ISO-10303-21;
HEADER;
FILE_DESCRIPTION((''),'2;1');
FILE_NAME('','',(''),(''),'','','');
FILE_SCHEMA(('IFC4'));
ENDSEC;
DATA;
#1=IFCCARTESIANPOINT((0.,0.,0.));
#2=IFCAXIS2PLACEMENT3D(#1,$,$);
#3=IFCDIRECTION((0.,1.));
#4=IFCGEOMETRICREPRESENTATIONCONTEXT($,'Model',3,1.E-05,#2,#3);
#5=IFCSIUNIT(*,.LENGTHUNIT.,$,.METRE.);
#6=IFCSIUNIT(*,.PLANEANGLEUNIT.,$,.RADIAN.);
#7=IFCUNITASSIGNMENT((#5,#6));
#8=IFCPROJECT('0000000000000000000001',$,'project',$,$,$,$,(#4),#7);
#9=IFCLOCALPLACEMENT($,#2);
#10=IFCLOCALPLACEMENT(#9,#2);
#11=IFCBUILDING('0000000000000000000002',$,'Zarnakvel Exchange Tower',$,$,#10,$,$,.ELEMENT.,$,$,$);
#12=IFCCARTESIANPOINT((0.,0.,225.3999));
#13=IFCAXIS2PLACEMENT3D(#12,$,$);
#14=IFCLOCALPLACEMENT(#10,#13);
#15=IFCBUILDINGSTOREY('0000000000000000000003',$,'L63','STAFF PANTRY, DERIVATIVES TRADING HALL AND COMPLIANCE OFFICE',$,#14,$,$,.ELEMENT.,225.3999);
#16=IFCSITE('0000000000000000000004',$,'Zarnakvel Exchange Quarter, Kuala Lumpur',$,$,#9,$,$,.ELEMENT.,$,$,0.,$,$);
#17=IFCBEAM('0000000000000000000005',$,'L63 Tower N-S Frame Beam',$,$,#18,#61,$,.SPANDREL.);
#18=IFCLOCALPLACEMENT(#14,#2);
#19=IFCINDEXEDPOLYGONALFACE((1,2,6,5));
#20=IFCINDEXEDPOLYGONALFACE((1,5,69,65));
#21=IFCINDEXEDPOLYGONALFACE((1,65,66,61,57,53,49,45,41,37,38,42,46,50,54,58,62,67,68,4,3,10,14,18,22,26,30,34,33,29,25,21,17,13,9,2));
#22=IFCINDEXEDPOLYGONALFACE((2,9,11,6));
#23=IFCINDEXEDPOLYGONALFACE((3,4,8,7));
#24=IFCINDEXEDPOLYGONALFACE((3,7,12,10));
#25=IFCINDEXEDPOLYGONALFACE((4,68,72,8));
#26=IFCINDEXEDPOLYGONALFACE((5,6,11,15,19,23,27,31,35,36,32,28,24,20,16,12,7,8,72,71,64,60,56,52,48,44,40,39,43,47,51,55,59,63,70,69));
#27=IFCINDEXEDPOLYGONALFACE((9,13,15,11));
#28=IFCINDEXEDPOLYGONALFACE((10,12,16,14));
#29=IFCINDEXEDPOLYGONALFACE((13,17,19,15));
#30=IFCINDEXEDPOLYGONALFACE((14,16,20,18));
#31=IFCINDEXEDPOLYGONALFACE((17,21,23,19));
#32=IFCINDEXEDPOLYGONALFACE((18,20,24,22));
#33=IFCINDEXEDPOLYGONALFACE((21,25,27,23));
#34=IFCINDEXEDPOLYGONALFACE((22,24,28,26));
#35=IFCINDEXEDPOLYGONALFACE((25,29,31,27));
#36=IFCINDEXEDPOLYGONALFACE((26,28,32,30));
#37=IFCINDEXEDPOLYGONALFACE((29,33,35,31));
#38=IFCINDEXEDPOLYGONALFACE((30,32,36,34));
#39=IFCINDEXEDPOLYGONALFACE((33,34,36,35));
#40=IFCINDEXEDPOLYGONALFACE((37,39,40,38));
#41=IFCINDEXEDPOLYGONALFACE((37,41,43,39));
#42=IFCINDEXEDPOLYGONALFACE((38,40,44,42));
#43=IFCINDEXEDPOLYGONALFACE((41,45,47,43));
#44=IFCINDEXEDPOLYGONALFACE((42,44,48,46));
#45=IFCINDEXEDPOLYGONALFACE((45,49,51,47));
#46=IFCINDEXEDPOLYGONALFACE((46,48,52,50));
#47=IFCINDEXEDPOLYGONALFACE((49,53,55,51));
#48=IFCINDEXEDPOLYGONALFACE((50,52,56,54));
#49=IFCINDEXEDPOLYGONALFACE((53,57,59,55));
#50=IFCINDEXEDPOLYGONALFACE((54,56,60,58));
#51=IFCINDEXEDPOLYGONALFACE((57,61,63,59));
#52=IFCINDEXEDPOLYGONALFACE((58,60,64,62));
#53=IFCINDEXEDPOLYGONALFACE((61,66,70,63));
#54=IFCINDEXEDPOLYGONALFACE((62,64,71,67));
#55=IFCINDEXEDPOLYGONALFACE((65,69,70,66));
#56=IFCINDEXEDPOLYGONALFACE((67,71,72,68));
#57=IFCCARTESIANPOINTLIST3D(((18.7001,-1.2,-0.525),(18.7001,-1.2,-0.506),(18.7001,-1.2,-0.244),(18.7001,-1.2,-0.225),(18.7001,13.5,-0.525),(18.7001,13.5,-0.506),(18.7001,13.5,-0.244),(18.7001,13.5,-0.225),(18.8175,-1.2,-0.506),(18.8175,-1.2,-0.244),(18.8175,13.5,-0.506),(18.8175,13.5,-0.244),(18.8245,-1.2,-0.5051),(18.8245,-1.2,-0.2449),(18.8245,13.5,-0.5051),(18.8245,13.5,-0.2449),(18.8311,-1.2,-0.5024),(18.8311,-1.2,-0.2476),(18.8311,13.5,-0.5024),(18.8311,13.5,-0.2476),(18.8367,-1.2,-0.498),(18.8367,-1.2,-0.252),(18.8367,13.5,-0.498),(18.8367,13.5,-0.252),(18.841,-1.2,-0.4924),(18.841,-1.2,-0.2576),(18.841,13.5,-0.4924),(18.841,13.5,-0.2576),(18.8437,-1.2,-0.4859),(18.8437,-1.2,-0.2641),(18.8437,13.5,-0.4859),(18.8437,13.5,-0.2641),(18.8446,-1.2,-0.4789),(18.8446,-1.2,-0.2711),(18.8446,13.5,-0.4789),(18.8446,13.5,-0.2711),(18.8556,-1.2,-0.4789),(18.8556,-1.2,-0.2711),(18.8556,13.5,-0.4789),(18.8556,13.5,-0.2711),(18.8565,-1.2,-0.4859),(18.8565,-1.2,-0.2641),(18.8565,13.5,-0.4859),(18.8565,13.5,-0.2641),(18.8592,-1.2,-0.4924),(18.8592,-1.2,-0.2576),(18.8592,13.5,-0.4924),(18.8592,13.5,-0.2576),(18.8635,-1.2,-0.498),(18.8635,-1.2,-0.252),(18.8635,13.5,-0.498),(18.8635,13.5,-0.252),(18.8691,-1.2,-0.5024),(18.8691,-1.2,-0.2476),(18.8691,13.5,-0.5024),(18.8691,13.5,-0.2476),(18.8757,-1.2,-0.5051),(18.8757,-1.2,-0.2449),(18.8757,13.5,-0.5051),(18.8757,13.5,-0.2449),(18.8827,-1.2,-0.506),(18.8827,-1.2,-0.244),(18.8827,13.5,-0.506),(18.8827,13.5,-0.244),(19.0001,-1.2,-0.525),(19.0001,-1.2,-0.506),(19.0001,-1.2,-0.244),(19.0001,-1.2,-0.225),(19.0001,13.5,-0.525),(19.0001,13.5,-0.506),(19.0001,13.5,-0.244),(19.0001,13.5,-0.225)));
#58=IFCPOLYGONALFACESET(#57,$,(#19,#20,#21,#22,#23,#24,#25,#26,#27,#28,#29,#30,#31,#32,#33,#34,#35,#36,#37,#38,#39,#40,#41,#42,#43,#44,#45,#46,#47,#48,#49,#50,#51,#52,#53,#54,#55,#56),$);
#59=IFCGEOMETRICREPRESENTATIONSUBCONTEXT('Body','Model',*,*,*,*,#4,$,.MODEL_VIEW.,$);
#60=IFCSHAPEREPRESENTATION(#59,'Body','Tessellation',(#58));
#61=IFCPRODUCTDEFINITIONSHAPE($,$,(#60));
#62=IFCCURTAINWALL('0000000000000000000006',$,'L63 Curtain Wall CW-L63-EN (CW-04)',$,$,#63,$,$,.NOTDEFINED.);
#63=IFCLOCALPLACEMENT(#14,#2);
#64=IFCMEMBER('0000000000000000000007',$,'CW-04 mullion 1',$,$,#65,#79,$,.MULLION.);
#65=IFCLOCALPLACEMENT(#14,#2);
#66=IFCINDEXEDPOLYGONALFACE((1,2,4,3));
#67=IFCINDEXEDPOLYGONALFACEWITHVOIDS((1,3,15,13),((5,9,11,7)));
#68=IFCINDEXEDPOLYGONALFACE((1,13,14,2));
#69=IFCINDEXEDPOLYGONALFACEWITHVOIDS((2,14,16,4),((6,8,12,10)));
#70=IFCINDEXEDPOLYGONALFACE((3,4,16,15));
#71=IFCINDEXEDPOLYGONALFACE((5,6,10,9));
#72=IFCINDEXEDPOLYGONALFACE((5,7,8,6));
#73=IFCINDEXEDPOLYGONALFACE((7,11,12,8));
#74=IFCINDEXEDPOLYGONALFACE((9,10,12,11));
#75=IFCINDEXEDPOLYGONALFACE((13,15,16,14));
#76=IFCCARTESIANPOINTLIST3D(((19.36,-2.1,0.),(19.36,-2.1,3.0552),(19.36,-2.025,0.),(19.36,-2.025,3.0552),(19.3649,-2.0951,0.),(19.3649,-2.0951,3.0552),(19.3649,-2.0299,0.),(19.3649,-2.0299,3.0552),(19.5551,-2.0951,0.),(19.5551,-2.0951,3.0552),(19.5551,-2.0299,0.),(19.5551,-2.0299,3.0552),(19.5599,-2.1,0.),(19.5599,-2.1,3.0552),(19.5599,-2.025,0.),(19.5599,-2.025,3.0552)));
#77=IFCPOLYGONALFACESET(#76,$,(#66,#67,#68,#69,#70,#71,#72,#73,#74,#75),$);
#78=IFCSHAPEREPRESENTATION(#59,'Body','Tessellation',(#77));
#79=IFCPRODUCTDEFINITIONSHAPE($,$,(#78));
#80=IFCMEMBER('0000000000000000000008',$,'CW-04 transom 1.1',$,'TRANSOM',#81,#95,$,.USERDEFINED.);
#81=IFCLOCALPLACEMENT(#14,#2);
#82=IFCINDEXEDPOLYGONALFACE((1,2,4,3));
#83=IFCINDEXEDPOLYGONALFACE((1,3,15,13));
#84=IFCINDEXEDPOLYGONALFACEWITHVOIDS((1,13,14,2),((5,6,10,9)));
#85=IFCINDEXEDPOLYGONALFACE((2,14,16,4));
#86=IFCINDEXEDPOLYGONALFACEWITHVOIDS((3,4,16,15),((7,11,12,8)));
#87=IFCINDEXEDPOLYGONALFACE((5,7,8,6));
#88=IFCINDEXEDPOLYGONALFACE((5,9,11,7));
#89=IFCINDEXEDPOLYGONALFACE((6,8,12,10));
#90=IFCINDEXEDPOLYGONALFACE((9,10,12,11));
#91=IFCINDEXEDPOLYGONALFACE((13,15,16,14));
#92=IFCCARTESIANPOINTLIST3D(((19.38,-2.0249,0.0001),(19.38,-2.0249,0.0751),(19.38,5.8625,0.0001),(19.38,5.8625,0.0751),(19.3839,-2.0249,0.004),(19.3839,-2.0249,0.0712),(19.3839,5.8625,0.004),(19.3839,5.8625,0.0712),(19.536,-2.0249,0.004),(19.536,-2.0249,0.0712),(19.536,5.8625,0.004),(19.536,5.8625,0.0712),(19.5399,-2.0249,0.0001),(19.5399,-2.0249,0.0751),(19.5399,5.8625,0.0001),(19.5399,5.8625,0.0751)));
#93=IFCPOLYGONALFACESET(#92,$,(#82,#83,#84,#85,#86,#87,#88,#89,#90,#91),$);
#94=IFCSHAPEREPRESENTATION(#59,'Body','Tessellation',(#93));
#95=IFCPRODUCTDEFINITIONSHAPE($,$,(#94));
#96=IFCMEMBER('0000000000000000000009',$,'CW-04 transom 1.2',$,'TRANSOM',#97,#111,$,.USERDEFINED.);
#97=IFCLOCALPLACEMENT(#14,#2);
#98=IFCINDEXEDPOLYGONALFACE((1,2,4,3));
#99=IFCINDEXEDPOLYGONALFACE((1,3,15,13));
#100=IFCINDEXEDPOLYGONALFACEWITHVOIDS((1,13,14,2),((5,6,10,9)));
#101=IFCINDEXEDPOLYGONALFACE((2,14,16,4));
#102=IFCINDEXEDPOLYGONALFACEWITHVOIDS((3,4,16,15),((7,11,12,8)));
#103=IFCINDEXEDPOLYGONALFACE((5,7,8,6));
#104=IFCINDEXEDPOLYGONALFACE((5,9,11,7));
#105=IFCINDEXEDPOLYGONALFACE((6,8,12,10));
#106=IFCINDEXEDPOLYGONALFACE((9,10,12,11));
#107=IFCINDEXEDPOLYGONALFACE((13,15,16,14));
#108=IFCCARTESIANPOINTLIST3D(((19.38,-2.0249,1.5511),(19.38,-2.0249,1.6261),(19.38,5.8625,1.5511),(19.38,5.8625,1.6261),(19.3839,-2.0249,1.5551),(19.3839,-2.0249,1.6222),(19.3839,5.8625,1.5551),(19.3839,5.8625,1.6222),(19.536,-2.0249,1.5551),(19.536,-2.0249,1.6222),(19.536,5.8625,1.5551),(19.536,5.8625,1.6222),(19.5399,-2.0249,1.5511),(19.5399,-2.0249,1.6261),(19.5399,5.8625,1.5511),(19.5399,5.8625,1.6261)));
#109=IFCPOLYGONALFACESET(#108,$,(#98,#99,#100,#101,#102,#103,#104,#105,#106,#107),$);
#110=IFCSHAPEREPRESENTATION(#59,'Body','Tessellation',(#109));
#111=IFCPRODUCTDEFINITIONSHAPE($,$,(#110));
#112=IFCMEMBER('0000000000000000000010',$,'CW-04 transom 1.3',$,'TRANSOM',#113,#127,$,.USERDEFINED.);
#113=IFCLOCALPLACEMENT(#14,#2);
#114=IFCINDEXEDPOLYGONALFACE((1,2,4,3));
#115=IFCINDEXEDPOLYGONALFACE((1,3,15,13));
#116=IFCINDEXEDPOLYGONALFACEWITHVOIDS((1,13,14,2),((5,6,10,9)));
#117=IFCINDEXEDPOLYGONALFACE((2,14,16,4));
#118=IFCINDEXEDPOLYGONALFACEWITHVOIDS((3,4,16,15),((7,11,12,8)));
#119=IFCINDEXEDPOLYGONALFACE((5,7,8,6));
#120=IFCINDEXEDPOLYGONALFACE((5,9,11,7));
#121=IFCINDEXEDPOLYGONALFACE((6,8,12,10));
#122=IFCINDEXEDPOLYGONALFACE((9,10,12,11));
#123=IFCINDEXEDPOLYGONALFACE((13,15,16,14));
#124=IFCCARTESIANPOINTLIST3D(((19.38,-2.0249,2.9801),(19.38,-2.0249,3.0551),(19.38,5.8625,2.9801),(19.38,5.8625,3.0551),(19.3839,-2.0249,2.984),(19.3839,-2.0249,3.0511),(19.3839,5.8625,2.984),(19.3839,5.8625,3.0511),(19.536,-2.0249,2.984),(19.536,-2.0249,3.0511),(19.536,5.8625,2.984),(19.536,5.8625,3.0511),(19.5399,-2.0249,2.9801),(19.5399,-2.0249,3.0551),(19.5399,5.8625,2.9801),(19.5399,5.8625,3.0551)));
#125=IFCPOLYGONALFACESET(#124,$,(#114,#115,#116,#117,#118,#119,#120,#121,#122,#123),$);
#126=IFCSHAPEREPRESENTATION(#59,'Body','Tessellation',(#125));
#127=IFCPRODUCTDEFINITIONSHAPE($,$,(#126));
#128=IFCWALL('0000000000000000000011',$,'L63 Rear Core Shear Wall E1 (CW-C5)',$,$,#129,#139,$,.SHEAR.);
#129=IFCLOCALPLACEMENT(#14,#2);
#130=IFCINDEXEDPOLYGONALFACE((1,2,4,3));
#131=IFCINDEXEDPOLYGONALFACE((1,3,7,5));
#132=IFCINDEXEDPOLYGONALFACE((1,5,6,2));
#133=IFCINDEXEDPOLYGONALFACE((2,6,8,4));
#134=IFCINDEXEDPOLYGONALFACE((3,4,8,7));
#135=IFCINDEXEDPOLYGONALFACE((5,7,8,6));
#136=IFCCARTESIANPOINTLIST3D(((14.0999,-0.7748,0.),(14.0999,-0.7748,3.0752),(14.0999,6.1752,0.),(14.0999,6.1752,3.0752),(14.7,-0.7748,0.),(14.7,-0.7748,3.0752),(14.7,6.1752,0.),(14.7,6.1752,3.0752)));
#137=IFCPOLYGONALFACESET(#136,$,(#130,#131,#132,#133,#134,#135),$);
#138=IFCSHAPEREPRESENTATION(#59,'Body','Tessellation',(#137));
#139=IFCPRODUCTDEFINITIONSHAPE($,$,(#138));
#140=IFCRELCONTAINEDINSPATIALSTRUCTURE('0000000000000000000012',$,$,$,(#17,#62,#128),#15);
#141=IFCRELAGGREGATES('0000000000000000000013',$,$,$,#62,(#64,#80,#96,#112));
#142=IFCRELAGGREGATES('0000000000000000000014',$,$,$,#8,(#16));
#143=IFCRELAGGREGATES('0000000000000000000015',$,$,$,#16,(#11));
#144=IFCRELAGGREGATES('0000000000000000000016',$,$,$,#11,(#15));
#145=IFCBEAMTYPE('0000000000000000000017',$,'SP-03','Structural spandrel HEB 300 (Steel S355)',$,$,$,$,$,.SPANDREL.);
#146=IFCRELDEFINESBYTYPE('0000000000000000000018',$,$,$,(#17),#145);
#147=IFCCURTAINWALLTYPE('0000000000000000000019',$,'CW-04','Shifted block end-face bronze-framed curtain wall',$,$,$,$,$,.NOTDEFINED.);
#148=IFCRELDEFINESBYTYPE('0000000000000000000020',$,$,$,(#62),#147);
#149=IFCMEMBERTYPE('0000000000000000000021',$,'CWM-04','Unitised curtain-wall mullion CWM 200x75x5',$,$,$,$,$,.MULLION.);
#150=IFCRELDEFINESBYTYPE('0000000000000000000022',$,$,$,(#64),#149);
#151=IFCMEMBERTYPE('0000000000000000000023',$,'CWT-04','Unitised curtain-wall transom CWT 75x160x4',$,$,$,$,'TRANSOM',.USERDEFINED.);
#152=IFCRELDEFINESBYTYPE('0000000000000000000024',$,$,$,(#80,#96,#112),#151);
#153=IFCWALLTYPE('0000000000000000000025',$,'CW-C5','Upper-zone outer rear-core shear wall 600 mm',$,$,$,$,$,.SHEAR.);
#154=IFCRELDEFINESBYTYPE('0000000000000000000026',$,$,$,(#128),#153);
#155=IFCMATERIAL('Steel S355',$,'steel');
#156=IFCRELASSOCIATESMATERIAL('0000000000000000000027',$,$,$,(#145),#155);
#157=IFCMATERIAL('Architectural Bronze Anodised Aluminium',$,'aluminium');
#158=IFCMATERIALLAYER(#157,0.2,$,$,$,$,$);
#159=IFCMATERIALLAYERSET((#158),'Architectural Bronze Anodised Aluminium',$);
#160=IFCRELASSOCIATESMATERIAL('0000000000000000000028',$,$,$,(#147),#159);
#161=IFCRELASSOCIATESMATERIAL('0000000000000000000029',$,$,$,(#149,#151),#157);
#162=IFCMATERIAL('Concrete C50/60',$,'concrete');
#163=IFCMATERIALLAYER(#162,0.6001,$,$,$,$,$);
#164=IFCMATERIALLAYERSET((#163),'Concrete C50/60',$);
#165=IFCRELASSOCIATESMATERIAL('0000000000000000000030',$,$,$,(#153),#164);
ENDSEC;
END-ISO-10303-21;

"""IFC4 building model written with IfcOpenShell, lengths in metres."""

from ifc_helpers import new_model, si_unit, direction, frame, frame_2d, origin, origin_2d, place, context, subcontext, project, spatial, rectangle, hollow_rectangle, i_section, extrude, source, transform, mapped, material, layer, layer_set, material_profile, profile_set, type_object, element, aggregate, save


model = new_model("IFC4")

# Units and contexts
model_context = context("Model", 3, precision=1e-05, world=origin(), true_north=direction((0.0, 1.0)))
body_context = subcontext(model_context, "Body", "Model", "MODEL_VIEW")
ifc_project = project(units=[si_unit("LENGTHUNIT", "METRE"), si_unit("PLANEANGLEUNIT", "RADIAN")], contexts=[model_context])

# Site, building, storey
site_placement = place(None, origin())
site = spatial("IfcSite", under=ifc_project, at=site_placement, Name="Zarnakvel Exchange Quarter, Kuala Lumpur", CompositionType="ELEMENT", RefElevation=0.0)
building_placement = place(site_placement, origin())
building = spatial("IfcBuilding", under=site, at=building_placement, Name="Zarnakvel Exchange Tower", CompositionType="ELEMENT")
storey_placement = place(building_placement, frame((0.0, 0.0, 225.3999)))
storey = spatial("IfcBuildingStorey", under=building, at=storey_placement, Name="L63", Description="STAFF PANTRY, DERIVATIVES TRADING HALL AND COMPLIANCE OFFICE", CompositionType="ELEMENT", Elevation=225.3999)

# Shared definitions
ifc_material_1 = material(Name="Concrete C50/60", Category="concrete")
ifc_material_2 = material(Name="Steel S355", Category="steel")

# Beam
ifc_material_profile_1 = material_profile(ifc_material_2, i_section(OverallWidth=0.3, OverallDepth=0.3, WebThickness=0.011, FlangeThickness=0.019, FilletRadius=0.0271, at=origin_2d()))
ifc_profile_set_1 = profile_set([ifc_material_profile_1], Name="Steel S355")
beam_type_1 = type_object("IfcBeamType", Name="SP-03", Description="Structural spandrel HEB 300 (Steel S355)", PredefinedType="SPANDREL", material=ifc_profile_set_1)
beam_1_placement = place(storey_placement, frame((18.8501, -1.2, -0.375), z_axis=(0.0, 1.0, 0.0), x_axis=(-1.0, 0.0, 0.0)))
element("IfcBeam", 1, at=beam_1_placement, inside=storey, type_object=beam_type_1, Name="L63 Tower N-S Frame Beam", PredefinedType="SPANDREL", context=body_context, shape_type="SweptSolid", body=[
    extrude(i_section(OverallWidth=0.3, OverallDepth=0.3, WebThickness=0.011, FlangeThickness=0.019, FilletRadius=0.0271, at=origin_2d()), origin(), (0.0, 0.0, 1.0), 14.7),
])

# Curtain wall, members
ifc_material_3 = material(Name="Architectural Bronze Anodised Aluminium", Category="aluminium")
ifc_layer_1 = layer(ifc_material_3, 0.2)
ifc_layer_set_1 = layer_set([ifc_layer_1], Name="Architectural Bronze Anodised Aluminium")
curtain_wall_type = type_object("IfcCurtainWallType", Name="CW-04", Description="Shifted block end-face bronze-framed curtain wall", PredefinedType="NOTDEFINED", material=ifc_layer_set_1)
curtain_wall_placement = place(storey_placement, origin())
curtain_wall = element("IfcCurtainWall", 2, at=curtain_wall_placement, inside=storey, type_object=curtain_wall_type, Name="L63 Curtain Wall CW-L63-EN (CW-04)", PredefinedType="NOTDEFINED")
ifc_material_profile_2 = material_profile(ifc_material_3, hollow_rectangle(XDim=0.2, YDim=0.075, WallThickness=0.0049, at=origin_2d()))
ifc_profile_set_2 = profile_set([ifc_material_profile_2], Name="Architectural Bronze Anodised Aluminium")
member_type_1 = type_object("IfcMemberType", Name="CWM-04", Description="Unitised curtain-wall mullion CWM 200x75x5", PredefinedType="MULLION", material=ifc_profile_set_2)
shared_shape_1 = source(origin(), body_context, "Body", "SweptSolid", [
    extrude(hollow_rectangle(XDim=0.2, YDim=0.075, WallThickness=0.0049, at=origin_2d()), origin(), (0.0, 0.0, 1.0), 3.0552),
])
member_1_placement = place(storey_placement, frame((19.46, -2.0625, 0.0), z_axis=(0.0, 0.0, 1.0), x_axis=(-1.0, 0.0, 0.0)))
member_1 = element("IfcMember", 3, at=member_1_placement, type_object=member_type_1, Name="CW-04 mullion 1", PredefinedType="MULLION", context=body_context, shape_type="MappedRepresentation", body=[
    mapped(shared_shape_1, transform((0.0, 0.0, 0.0), x_axis=(1.0, 0.0, 0.0), y_axis=(0.0, 1.0, 0.0), z_axis=(0.0, 0.0, 1.0), scale=1.0)),
])
ifc_material_profile_3 = material_profile(ifc_material_3, hollow_rectangle(XDim=0.1599, YDim=0.075, WallThickness=0.0039, at=origin_2d()))
ifc_profile_set_3 = profile_set([ifc_material_profile_3], Name="Architectural Bronze Anodised Aluminium")
member_type_2 = type_object("IfcMemberType", Name="CWT-04", Description="Unitised curtain-wall transom CWT 75x160x4", ElementType="TRANSOM", PredefinedType="USERDEFINED", material=ifc_profile_set_3)
shared_shape_2 = source(origin(), body_context, "Body", "SweptSolid", [
    extrude(hollow_rectangle(XDim=0.1599, YDim=0.075, WallThickness=0.0039, at=origin_2d()), origin(), (0.0, 0.0, 1.0), 7.8875),
])
member_2_placement = place(storey_placement, frame((19.46, -2.0249, 0.0376), z_axis=(0.0, 1.0, 0.0), x_axis=(-1.0, 0.0, 0.0)))
member_2 = element("IfcMember", 4, at=member_2_placement, type_object=member_type_2, Name="CW-04 transom 1.1", ObjectType="TRANSOM", PredefinedType="USERDEFINED", context=body_context, shape_type="MappedRepresentation", body=[
    mapped(shared_shape_2, transform((0.0, 0.0, 0.0), x_axis=(1.0, 0.0, 0.0), y_axis=(0.0, 1.0, 0.0), z_axis=(0.0, 0.0, 1.0), scale=1.0)),
])
member_3_placement = place(storey_placement, frame((19.46, -2.0249, 1.5886), z_axis=(0.0, 1.0, 0.0), x_axis=(-1.0, 0.0, 0.0)))
member_3 = element("IfcMember", 5, at=member_3_placement, type_object=member_type_2, Name="CW-04 transom 1.2", ObjectType="TRANSOM", PredefinedType="USERDEFINED", context=body_context, shape_type="MappedRepresentation", body=[
    mapped(shared_shape_2, transform((0.0, 0.0, 0.0), x_axis=(1.0, 0.0, 0.0), y_axis=(0.0, 1.0, 0.0), z_axis=(0.0, 0.0, 1.0), scale=1.0)),
])
member_4_placement = place(storey_placement, frame((19.46, -2.0249, 3.0176), z_axis=(0.0, 1.0, 0.0), x_axis=(-1.0, 0.0, 0.0)))
member_4 = element("IfcMember", 6, at=member_4_placement, type_object=member_type_2, Name="CW-04 transom 1.3", ObjectType="TRANSOM", PredefinedType="USERDEFINED", context=body_context, shape_type="MappedRepresentation", body=[
    mapped(shared_shape_2, transform((0.0, 0.0, 0.0), x_axis=(1.0, 0.0, 0.0), y_axis=(0.0, 1.0, 0.0), z_axis=(0.0, 0.0, 1.0), scale=1.0)),
])
aggregate(curtain_wall, [member_1, member_2, member_3, member_4])

# Wall
ifc_layer_2 = layer(ifc_material_1, 0.6001)
ifc_layer_set_2 = layer_set([ifc_layer_2], Name="Concrete C50/60")
wall_type_1 = type_object("IfcWallType", Name="CW-C5", Description="Upper-zone outer rear-core shear wall 600 mm", PredefinedType="SHEAR", material=ifc_layer_set_2)
wall_1_placement = place(storey_placement, frame((14.3999, -0.7749, 0.0), z_axis=(0.0, 0.0, 1.0), x_axis=(0.0, 1.0, 0.0)))
element("IfcWall", 7, at=wall_1_placement, inside=storey, type_object=wall_type_1, Name="L63 Rear Core Shear Wall E1 (CW-C5)", PredefinedType="SHEAR", context=body_context, shape_type="SweptSolid", body=[
    extrude(rectangle(XDim=6.95, YDim=0.6001, at=frame_2d((3.4751, 0.0))), origin(), (0.0, 0.0, 1.0), 3.0752),
])

save(model, "model.ifc")
